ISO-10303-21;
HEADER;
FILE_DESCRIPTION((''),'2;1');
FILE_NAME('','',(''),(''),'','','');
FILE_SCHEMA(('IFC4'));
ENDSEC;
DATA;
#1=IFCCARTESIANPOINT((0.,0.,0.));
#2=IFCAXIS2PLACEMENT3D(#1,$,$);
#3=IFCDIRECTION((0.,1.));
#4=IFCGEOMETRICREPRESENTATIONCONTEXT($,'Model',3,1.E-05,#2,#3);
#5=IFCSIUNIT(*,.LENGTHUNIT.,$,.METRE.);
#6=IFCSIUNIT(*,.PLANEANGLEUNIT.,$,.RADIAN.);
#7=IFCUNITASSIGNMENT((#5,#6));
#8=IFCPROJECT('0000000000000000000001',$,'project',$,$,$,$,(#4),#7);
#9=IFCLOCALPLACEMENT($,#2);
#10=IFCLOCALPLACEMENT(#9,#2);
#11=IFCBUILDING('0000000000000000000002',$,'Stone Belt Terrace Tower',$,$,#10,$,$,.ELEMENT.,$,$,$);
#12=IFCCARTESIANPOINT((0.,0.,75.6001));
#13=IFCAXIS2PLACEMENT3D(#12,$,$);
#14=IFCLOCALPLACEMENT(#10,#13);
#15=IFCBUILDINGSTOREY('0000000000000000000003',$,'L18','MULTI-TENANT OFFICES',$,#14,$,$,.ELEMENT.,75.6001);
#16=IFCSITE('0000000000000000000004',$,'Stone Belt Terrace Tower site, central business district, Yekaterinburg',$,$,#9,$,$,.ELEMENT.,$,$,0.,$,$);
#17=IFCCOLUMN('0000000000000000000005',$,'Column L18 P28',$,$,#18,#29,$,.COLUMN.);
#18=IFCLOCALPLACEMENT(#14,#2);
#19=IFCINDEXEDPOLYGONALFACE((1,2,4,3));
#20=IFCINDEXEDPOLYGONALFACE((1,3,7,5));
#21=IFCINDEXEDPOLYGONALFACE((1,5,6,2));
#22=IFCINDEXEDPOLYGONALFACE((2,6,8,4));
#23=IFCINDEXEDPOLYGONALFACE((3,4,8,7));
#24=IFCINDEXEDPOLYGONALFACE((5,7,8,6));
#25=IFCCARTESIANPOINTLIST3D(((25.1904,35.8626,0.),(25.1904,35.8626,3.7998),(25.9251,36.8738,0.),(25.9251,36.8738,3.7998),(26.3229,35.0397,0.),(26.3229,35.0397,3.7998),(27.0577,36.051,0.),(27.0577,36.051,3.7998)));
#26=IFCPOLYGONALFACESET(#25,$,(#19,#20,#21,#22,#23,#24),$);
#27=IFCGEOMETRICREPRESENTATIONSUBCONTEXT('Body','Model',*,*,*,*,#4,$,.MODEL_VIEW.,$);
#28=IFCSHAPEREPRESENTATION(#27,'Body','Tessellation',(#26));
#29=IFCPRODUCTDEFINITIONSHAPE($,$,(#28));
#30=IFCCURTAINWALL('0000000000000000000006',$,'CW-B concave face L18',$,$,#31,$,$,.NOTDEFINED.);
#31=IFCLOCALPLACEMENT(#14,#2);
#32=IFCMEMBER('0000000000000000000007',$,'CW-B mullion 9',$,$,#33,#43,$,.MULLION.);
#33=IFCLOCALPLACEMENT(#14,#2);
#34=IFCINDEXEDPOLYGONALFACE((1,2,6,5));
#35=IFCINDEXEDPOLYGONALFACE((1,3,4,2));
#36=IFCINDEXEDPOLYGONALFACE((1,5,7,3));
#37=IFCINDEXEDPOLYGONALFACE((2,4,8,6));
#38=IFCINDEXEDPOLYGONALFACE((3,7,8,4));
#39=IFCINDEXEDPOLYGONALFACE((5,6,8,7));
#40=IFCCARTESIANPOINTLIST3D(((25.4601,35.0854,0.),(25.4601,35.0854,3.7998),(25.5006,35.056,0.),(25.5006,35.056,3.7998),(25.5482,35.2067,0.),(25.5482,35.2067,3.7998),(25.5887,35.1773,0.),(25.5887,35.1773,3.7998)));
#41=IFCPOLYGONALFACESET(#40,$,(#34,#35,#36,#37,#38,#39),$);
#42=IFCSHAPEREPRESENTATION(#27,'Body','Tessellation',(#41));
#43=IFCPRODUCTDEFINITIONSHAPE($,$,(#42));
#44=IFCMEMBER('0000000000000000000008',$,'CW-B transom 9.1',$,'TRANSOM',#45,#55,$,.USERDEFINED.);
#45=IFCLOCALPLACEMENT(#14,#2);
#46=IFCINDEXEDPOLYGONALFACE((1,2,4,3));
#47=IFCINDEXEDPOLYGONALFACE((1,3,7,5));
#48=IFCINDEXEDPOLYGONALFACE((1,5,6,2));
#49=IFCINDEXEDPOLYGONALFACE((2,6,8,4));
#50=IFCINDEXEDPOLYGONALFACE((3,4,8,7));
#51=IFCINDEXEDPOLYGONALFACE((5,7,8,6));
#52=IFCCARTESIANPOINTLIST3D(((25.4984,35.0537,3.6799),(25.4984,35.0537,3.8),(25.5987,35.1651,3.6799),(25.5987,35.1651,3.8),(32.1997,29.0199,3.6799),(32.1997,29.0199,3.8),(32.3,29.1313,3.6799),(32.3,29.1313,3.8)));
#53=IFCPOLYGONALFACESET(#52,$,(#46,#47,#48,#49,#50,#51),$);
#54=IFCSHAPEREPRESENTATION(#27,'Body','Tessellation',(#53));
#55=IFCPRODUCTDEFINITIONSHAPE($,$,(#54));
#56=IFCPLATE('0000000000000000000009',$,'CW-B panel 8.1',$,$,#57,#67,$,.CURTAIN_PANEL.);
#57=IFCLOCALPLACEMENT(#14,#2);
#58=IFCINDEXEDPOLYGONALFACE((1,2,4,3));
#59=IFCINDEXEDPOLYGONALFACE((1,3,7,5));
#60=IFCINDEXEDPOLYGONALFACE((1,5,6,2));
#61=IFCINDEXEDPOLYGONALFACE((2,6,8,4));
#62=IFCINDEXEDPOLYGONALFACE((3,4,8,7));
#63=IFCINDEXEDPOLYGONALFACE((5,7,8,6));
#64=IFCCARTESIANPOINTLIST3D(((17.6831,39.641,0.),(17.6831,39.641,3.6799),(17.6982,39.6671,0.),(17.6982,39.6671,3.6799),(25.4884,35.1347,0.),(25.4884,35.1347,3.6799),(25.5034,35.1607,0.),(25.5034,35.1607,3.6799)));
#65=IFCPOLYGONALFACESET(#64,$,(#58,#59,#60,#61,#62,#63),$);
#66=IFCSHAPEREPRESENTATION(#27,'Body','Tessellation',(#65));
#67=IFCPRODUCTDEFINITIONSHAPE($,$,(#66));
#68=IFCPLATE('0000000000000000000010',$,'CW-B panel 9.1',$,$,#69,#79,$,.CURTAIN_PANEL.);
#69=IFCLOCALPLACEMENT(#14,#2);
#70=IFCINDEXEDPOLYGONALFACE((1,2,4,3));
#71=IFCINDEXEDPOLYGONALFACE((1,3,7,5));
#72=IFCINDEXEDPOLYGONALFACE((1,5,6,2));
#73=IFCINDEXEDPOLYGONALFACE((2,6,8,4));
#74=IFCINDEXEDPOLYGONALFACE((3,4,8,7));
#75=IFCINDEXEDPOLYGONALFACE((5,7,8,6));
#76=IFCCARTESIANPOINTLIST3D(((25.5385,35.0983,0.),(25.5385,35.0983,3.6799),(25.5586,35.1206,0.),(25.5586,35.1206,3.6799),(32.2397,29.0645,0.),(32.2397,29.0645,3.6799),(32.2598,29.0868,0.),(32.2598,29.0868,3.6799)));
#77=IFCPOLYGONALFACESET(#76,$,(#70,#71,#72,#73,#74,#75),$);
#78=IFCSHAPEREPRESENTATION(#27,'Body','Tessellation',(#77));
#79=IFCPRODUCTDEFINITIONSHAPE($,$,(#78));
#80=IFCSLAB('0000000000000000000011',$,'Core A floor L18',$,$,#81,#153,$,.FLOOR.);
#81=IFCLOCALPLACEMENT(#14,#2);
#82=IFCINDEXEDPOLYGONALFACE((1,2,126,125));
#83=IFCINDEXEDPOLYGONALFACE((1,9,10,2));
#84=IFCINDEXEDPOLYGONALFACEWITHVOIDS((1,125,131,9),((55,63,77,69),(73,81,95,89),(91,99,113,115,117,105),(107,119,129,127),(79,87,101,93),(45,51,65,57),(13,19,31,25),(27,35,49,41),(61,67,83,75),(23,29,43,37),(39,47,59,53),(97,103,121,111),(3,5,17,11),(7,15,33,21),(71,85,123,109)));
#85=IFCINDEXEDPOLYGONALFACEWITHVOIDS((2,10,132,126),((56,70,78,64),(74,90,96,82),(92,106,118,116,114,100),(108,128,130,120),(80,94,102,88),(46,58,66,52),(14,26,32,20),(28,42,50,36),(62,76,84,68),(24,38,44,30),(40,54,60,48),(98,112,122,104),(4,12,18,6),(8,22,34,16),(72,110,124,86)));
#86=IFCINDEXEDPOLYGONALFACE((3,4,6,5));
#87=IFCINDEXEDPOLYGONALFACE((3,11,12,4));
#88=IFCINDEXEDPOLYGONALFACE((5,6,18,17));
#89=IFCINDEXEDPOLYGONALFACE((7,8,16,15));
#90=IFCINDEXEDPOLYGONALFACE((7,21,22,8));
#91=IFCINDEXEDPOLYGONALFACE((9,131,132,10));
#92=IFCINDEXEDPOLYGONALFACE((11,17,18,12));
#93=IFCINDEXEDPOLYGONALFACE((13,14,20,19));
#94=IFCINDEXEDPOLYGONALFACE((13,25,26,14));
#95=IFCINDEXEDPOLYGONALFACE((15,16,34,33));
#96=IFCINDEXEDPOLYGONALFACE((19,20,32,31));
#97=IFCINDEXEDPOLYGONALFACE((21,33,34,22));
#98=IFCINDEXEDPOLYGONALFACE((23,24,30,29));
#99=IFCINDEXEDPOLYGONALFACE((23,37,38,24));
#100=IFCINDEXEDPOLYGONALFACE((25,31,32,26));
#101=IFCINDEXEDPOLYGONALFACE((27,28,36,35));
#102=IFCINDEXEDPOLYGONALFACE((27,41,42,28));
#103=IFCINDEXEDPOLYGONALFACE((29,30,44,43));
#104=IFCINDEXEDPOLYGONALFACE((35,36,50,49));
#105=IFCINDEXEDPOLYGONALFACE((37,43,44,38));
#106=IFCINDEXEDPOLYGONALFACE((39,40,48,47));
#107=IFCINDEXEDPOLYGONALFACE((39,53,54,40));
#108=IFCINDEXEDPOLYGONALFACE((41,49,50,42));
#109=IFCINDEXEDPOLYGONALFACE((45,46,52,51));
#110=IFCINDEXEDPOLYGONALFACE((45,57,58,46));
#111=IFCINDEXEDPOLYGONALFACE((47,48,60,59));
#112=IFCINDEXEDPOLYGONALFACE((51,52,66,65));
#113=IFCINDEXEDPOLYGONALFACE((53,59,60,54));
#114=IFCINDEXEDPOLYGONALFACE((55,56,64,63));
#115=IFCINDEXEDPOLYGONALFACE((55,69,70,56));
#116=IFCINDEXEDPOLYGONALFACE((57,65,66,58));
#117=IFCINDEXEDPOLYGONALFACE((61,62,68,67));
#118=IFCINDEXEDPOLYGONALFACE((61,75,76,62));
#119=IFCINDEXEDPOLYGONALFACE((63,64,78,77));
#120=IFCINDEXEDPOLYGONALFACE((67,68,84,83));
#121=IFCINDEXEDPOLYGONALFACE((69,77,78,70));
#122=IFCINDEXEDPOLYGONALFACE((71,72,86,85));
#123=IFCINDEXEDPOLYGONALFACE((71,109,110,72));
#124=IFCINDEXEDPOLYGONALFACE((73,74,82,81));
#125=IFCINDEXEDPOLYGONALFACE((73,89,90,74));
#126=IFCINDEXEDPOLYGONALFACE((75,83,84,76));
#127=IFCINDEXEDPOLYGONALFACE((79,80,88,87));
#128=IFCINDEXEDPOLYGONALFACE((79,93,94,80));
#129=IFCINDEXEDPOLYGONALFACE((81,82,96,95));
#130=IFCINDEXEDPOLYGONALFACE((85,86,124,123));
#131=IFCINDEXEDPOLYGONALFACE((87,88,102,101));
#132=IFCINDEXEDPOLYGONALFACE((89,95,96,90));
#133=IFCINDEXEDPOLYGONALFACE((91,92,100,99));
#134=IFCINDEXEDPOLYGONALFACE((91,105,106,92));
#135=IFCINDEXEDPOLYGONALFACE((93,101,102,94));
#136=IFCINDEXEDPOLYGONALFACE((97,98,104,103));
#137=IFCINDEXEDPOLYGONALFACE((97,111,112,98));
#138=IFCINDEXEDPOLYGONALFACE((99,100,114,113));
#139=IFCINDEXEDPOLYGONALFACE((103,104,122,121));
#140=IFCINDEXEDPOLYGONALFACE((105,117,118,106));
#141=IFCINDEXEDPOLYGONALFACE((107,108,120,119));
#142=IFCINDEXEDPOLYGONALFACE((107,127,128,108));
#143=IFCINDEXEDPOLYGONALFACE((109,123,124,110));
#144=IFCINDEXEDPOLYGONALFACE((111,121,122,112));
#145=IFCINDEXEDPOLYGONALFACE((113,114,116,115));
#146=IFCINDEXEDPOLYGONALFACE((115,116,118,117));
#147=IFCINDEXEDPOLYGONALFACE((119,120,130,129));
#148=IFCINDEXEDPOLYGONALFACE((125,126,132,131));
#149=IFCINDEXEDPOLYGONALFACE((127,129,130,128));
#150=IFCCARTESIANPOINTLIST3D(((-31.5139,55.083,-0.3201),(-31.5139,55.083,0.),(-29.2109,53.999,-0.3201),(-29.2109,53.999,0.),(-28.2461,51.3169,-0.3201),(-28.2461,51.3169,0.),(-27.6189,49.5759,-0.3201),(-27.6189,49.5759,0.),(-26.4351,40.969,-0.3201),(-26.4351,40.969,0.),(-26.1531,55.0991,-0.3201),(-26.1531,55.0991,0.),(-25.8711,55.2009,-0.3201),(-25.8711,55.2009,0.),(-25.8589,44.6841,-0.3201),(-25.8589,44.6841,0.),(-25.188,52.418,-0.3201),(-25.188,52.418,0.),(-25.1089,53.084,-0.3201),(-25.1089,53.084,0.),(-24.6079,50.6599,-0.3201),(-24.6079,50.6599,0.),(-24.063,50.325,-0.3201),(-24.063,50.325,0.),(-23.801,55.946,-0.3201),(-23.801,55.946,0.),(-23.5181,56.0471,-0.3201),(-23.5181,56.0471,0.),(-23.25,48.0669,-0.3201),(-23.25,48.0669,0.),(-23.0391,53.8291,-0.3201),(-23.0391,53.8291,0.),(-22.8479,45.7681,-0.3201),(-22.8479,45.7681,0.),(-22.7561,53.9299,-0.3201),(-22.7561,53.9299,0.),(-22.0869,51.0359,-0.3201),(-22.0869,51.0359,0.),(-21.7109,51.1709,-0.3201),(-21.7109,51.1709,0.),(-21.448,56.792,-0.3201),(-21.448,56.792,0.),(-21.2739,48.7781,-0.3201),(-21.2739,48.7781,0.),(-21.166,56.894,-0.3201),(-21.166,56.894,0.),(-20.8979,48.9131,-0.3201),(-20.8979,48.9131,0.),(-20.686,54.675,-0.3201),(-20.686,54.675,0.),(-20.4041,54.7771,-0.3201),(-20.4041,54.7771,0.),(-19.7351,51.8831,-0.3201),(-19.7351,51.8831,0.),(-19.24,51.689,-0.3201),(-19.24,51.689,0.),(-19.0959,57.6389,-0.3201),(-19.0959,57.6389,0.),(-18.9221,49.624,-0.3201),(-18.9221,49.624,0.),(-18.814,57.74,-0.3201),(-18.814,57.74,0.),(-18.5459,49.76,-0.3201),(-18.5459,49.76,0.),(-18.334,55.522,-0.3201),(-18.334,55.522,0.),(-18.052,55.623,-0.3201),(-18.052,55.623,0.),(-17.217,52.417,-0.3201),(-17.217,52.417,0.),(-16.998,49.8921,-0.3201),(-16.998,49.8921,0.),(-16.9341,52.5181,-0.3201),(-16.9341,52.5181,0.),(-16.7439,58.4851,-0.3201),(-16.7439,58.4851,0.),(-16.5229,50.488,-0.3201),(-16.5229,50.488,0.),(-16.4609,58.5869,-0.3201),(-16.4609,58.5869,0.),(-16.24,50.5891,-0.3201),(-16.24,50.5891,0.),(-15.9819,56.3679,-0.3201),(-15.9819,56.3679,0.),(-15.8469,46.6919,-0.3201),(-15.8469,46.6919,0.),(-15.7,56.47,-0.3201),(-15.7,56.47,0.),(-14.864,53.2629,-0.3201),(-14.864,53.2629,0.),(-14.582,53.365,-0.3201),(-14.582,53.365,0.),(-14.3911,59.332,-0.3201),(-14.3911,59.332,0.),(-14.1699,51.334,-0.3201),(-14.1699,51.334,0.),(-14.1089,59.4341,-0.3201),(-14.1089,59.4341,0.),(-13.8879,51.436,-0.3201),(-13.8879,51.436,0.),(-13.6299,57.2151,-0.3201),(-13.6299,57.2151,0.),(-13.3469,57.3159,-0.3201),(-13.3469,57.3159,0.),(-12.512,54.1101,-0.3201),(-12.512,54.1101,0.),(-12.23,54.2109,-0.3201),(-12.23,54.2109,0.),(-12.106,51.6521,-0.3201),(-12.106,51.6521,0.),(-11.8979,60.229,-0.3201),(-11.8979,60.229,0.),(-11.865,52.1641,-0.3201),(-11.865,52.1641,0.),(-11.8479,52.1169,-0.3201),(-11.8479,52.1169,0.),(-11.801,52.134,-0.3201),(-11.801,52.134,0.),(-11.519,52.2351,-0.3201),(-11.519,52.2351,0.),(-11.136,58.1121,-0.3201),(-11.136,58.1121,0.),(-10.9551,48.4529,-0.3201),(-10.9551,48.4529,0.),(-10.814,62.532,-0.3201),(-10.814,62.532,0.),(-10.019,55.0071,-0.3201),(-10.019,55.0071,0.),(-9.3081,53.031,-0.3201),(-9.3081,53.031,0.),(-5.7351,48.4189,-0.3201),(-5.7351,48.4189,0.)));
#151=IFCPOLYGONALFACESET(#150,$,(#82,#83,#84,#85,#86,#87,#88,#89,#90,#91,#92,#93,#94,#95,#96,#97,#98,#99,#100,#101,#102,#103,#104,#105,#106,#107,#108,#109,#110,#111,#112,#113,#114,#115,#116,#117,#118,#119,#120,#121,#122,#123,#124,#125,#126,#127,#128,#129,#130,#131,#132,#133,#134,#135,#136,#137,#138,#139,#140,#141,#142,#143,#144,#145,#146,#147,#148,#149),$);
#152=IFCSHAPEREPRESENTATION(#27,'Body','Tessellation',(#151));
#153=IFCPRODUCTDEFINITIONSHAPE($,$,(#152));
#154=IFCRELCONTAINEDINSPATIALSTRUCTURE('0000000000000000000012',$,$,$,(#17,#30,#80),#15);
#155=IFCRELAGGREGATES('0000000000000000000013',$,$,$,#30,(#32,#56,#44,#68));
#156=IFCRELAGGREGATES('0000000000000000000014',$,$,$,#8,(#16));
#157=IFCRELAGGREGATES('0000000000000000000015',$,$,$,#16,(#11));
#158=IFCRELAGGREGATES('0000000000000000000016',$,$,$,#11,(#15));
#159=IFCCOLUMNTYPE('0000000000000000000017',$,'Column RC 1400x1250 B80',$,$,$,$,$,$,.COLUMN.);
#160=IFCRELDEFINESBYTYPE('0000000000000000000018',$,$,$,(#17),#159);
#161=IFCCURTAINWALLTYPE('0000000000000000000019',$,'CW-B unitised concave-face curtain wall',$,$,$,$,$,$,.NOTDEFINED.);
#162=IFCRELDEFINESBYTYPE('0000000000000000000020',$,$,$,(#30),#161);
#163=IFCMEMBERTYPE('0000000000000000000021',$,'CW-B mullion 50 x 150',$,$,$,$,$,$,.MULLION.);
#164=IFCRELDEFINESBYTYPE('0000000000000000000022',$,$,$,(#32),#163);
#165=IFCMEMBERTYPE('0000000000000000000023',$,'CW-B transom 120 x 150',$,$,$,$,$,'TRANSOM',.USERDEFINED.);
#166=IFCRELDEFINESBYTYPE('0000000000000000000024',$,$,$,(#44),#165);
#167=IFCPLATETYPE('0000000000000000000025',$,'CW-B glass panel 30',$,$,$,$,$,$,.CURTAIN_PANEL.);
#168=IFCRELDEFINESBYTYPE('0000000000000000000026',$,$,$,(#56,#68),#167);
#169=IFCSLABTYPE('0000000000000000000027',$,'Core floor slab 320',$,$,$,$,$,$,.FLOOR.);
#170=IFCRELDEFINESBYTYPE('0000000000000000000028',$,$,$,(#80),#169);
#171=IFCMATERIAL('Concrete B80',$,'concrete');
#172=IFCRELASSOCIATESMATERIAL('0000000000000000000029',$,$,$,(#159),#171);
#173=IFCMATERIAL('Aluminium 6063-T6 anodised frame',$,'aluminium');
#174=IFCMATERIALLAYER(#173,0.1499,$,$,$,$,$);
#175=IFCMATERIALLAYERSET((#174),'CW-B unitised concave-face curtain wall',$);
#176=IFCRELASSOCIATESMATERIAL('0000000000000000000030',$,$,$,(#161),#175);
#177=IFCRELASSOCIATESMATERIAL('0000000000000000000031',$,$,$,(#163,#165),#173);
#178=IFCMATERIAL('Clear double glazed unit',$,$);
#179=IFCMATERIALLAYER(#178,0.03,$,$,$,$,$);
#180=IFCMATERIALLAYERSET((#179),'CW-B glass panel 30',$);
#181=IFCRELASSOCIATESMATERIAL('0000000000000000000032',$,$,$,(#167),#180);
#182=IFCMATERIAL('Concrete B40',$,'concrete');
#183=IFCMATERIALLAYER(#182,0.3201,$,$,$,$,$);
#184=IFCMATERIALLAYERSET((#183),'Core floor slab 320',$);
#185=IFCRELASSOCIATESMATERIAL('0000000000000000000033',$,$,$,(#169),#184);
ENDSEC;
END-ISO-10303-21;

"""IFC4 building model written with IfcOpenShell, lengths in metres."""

from ifc_helpers import new_model, si_unit, direction, frame, origin, origin_2d, place, context, subcontext, project, spatial, polyline, rectangle, outline, extrude, material, layer, layer_set, material_profile, profile_set, type_object, element, aggregate, save


model = new_model("IFC4")

# Units and contexts
model_context = context("Model", 3, precision=1e-05, world=origin(), true_north=direction((0.0, 1.0)))
body_context = subcontext(model_context, "Body", "Model", "MODEL_VIEW")
ifc_project = project(units=[si_unit("LENGTHUNIT", "METRE"), si_unit("PLANEANGLEUNIT", "RADIAN")], contexts=[model_context])

# Site, building, storey
site_placement = place(None, origin())
site = spatial("IfcSite", under=ifc_project, at=site_placement, Name="Stone Belt Terrace Tower site, central business district, Yekaterinburg", CompositionType="ELEMENT", RefElevation=0.0)
building_placement = place(site_placement, origin())
building = spatial("IfcBuilding", under=site, at=building_placement, Name="Stone Belt Terrace Tower", CompositionType="ELEMENT")
storey_placement = place(building_placement, frame((0.0, 0.0, 75.6001)))
storey = spatial("IfcBuildingStorey", under=building, at=storey_placement, Name="L18", Description="MULTI-TENANT OFFICES", CompositionType="ELEMENT", Elevation=75.6001)

# Column
ifc_material_1 = material(Name="Concrete B80", Category="concrete")
ifc_material_profile_1 = material_profile(ifc_material_1, rectangle(XDim=1.3999, YDim=1.25, at=origin_2d()), Name="RC 1400x1250")
ifc_profile_set_1 = profile_set([ifc_material_profile_1], Name="Concrete B80")
column_type = type_object("IfcColumnType", Name="Column RC 1400x1250 B80", PredefinedType="COLUMN", material=ifc_profile_set_1)
column_placement = place(storey_placement, frame((26.124, 35.9568, 0.0), z_axis=(0.0, 0.0, 1.0), x_axis=(0.809017, -0.587785, 0.0)))
element("IfcColumn", 1, at=column_placement, inside=storey, type_object=column_type, Name="Column L18 P28", PredefinedType="COLUMN", context=body_context, shape_type="SweptSolid", body=[
    extrude(rectangle(XDim=1.3999, YDim=1.25, at=origin_2d()), origin(), (0.0, 0.0, 1.0), 3.7998),
])

# Curtain wall, members, plates
ifc_material_2 = material(Name="Aluminium 6063-T6 anodised frame", Category="aluminium")
ifc_layer_1 = layer(ifc_material_2, 0.1499)
ifc_layer_set_1 = layer_set([ifc_layer_1], Name="CW-B unitised concave-face curtain wall")
curtain_wall_type = type_object("IfcCurtainWallType", Name="CW-B unitised concave-face curtain wall", PredefinedType="NOTDEFINED", material=ifc_layer_set_1)
curtain_wall_placement = place(storey_placement, origin())
curtain_wall = element("IfcCurtainWall", 2, at=curtain_wall_placement, inside=storey, type_object=curtain_wall_type, Name="CW-B concave face L18", PredefinedType="NOTDEFINED")
ifc_material_profile_2 = material_profile(ifc_material_2, rectangle(XDim=0.1499, YDim=0.05, at=origin_2d()), Name="Aluminium 6063-T6 50x150")
ifc_profile_set_2 = profile_set([ifc_material_profile_2], Name="Aluminium 6063-T6 anodised frame")
member_type_1 = type_object("IfcMemberType", Name="CW-B mullion 50 x 150", PredefinedType="MULLION", material=ifc_profile_set_2)
member_1_placement = place(storey_placement, frame((25.5244, 35.1313, 0.0), z_axis=(0.0, 0.0, 1.0), x_axis=(0.587785, 0.809017, 0.0)))
member_1 = element("IfcMember", 3, at=member_1_placement, type_object=member_type_1, Name="CW-B mullion 9", PredefinedType="MULLION", context=body_context, shape_type="SweptSolid", body=[
    extrude(rectangle(XDim=0.1499, YDim=0.05, at=origin_2d()), origin(), (0.0, 0.0, 1.0), 3.7998),
])
ifc_material_profile_3 = material_profile(ifc_material_2, rectangle(XDim=0.1499, YDim=0.1201, at=origin_2d()), Name="Aluminium 6063-T6 150x120")
ifc_profile_set_3 = profile_set([ifc_material_profile_3], Name="Aluminium 6063-T6 anodised frame")
member_type_2 = type_object("IfcMemberType", Name="CW-B transom 120 x 150", ElementType="TRANSOM", PredefinedType="USERDEFINED", material=ifc_profile_set_3)
member_2_placement = place(storey_placement, frame((25.5486, 35.1094, 3.74), z_axis=(0.743149, -0.669126, 0.0), x_axis=(0.669126, 0.743149, 0.0)))
member_2 = element("IfcMember", 4, at=member_2_placement, type_object=member_type_2, Name="CW-B transom 9.1", ObjectType="TRANSOM", PredefinedType="USERDEFINED", context=body_context, shape_type="SweptSolid", body=[
    extrude(rectangle(XDim=0.1499, YDim=0.1201, at=origin_2d()), origin(), (0.0, 0.0, 1.0), 9.0173),
])
ifc_material_3 = material(Name="Clear double glazed unit")
ifc_layer_2 = layer(ifc_material_3, 0.03)
ifc_layer_set_2 = layer_set([ifc_layer_2], Name="CW-B glass panel 30")
plate_type = type_object("IfcPlateType", Name="CW-B glass panel 30", PredefinedType="CURTAIN_PANEL", material=ifc_layer_set_2)
plate_1_placement = place(storey_placement, frame((21.5933, 37.4009, 0.0), z_axis=(0.0, 0.0, 1.0), x_axis=(0.866025, -0.5, 0.0)))
plate_1 = element("IfcPlate", 5, at=plate_1_placement, type_object=plate_type, Name="CW-B panel 8.1", PredefinedType="CURTAIN_PANEL", context=body_context, shape_type="SweptSolid", body=[
    extrude(rectangle(XDim=9.0127, YDim=0.03, at=origin_2d()), origin(), (0.0, 0.0, 1.0), 3.6799),
])
plate_2_placement = place(storey_placement, frame((28.8992, 32.0925, 0.0), z_axis=(0.0, 0.0, 1.0), x_axis=(0.743145, -0.669131, 0.0)))
plate_2 = element("IfcPlate", 6, at=plate_2_placement, type_object=plate_type, Name="CW-B panel 9.1", PredefinedType="CURTAIN_PANEL", context=body_context, shape_type="SweptSolid", body=[
    extrude(rectangle(XDim=9.0173, YDim=0.03, at=origin_2d()), origin(), (0.0, 0.0, 1.0), 3.6799),
])
aggregate(curtain_wall, [member_1, plate_1, member_2, plate_2])

# Slab
ifc_material_4 = material(Name="Concrete B40", Category="concrete")
ifc_layer_3 = layer(ifc_material_4, 0.3201)
ifc_layer_set_3 = layer_set([ifc_layer_3], Name="Core floor slab 320")
slab_type_1 = type_object("IfcSlabType", Name="Core floor slab 320", PredefinedType="FLOOR", material=ifc_layer_set_3)
slab_1_placement = place(storey_placement, frame((0.0, 0.0, -0.3201)))
element("IfcSlab", 7, at=slab_1_placement, inside=storey, type_object=slab_type_1, Name="Core A floor L18", PredefinedType="FLOOR", context=body_context, shape_type="SweptSolid", body=[
    extrude(outline(polyline([(-26.4351, 40.969), (-5.7351, 48.4189), (-10.814, 62.532), (-31.5139, 55.083), (-26.4351, 40.969)]), holes=[polyline([(-24.6079, 50.6599), (-22.8479, 45.7681), (-25.8589, 44.6841), (-27.6189, 49.5759), (-24.6079, 50.6599)]), polyline([(-21.2739, 48.7781), (-23.25, 48.0669), (-24.063, 50.325), (-22.0869, 51.0359), (-21.2739, 48.7781)]), polyline([(-18.9221, 49.624), (-20.8979, 48.9131), (-21.7109, 51.1709), (-19.7351, 51.8831), (-18.9221, 49.624)]), polyline([(-19.24, 51.689), (-17.217, 52.417), (-16.5229, 50.488), (-18.5459, 49.76), (-19.24, 51.689)]), polyline([(-29.2109, 53.999), (-26.1531, 55.0991), (-25.188, 52.418), (-28.2461, 51.3169), (-29.2109, 53.999)]), polyline([(-23.801, 55.946), (-23.0391, 53.8291), (-25.1089, 53.084), (-25.8711, 55.2009), (-23.801, 55.946)]), polyline([(-21.448, 56.792), (-20.686, 54.675), (-22.7561, 53.9299), (-23.5181, 56.0471), (-21.448, 56.792)]), polyline([(-19.0959, 57.6389), (-18.334, 55.522), (-20.4041, 54.7771), (-21.166, 56.894), (-19.0959, 57.6389)]), polyline([(-15.8469, 46.6919), (-16.998, 49.8921), (-12.106, 51.6521), (-10.9551, 48.4529), (-15.8469, 46.6919)]), polyline([(-16.24, 50.5891), (-16.9341, 52.5181), (-14.864, 53.2629), (-14.1699, 51.334), (-16.24, 50.5891)]), polyline([(-11.801, 52.134), (-11.8479, 52.1169), (-11.865, 52.1641), (-13.8879, 51.436), (-14.582, 53.365), (-12.512, 54.1101), (-11.801, 52.134)]), polyline([(-9.3081, 53.031), (-11.519, 52.2351), (-12.23, 54.2109), (-10.019, 55.0071), (-9.3081, 53.031)]), polyline([(-16.7439, 58.4851), (-15.9819, 56.3679), (-18.052, 55.623), (-18.814, 57.74), (-16.7439, 58.4851)]), polyline([(-14.3911, 59.332), (-13.6299, 57.2151), (-15.7, 56.47), (-16.4609, 58.5869), (-14.3911, 59.332)]), polyline([(-11.8979, 60.229), (-11.136, 58.1121), (-13.3469, 57.3159), (-14.1089, 59.4341), (-11.8979, 60.229)])]), origin(), (0.0, 0.0, 1.0), 0.3201),
])

save(model, "model.ifc")
